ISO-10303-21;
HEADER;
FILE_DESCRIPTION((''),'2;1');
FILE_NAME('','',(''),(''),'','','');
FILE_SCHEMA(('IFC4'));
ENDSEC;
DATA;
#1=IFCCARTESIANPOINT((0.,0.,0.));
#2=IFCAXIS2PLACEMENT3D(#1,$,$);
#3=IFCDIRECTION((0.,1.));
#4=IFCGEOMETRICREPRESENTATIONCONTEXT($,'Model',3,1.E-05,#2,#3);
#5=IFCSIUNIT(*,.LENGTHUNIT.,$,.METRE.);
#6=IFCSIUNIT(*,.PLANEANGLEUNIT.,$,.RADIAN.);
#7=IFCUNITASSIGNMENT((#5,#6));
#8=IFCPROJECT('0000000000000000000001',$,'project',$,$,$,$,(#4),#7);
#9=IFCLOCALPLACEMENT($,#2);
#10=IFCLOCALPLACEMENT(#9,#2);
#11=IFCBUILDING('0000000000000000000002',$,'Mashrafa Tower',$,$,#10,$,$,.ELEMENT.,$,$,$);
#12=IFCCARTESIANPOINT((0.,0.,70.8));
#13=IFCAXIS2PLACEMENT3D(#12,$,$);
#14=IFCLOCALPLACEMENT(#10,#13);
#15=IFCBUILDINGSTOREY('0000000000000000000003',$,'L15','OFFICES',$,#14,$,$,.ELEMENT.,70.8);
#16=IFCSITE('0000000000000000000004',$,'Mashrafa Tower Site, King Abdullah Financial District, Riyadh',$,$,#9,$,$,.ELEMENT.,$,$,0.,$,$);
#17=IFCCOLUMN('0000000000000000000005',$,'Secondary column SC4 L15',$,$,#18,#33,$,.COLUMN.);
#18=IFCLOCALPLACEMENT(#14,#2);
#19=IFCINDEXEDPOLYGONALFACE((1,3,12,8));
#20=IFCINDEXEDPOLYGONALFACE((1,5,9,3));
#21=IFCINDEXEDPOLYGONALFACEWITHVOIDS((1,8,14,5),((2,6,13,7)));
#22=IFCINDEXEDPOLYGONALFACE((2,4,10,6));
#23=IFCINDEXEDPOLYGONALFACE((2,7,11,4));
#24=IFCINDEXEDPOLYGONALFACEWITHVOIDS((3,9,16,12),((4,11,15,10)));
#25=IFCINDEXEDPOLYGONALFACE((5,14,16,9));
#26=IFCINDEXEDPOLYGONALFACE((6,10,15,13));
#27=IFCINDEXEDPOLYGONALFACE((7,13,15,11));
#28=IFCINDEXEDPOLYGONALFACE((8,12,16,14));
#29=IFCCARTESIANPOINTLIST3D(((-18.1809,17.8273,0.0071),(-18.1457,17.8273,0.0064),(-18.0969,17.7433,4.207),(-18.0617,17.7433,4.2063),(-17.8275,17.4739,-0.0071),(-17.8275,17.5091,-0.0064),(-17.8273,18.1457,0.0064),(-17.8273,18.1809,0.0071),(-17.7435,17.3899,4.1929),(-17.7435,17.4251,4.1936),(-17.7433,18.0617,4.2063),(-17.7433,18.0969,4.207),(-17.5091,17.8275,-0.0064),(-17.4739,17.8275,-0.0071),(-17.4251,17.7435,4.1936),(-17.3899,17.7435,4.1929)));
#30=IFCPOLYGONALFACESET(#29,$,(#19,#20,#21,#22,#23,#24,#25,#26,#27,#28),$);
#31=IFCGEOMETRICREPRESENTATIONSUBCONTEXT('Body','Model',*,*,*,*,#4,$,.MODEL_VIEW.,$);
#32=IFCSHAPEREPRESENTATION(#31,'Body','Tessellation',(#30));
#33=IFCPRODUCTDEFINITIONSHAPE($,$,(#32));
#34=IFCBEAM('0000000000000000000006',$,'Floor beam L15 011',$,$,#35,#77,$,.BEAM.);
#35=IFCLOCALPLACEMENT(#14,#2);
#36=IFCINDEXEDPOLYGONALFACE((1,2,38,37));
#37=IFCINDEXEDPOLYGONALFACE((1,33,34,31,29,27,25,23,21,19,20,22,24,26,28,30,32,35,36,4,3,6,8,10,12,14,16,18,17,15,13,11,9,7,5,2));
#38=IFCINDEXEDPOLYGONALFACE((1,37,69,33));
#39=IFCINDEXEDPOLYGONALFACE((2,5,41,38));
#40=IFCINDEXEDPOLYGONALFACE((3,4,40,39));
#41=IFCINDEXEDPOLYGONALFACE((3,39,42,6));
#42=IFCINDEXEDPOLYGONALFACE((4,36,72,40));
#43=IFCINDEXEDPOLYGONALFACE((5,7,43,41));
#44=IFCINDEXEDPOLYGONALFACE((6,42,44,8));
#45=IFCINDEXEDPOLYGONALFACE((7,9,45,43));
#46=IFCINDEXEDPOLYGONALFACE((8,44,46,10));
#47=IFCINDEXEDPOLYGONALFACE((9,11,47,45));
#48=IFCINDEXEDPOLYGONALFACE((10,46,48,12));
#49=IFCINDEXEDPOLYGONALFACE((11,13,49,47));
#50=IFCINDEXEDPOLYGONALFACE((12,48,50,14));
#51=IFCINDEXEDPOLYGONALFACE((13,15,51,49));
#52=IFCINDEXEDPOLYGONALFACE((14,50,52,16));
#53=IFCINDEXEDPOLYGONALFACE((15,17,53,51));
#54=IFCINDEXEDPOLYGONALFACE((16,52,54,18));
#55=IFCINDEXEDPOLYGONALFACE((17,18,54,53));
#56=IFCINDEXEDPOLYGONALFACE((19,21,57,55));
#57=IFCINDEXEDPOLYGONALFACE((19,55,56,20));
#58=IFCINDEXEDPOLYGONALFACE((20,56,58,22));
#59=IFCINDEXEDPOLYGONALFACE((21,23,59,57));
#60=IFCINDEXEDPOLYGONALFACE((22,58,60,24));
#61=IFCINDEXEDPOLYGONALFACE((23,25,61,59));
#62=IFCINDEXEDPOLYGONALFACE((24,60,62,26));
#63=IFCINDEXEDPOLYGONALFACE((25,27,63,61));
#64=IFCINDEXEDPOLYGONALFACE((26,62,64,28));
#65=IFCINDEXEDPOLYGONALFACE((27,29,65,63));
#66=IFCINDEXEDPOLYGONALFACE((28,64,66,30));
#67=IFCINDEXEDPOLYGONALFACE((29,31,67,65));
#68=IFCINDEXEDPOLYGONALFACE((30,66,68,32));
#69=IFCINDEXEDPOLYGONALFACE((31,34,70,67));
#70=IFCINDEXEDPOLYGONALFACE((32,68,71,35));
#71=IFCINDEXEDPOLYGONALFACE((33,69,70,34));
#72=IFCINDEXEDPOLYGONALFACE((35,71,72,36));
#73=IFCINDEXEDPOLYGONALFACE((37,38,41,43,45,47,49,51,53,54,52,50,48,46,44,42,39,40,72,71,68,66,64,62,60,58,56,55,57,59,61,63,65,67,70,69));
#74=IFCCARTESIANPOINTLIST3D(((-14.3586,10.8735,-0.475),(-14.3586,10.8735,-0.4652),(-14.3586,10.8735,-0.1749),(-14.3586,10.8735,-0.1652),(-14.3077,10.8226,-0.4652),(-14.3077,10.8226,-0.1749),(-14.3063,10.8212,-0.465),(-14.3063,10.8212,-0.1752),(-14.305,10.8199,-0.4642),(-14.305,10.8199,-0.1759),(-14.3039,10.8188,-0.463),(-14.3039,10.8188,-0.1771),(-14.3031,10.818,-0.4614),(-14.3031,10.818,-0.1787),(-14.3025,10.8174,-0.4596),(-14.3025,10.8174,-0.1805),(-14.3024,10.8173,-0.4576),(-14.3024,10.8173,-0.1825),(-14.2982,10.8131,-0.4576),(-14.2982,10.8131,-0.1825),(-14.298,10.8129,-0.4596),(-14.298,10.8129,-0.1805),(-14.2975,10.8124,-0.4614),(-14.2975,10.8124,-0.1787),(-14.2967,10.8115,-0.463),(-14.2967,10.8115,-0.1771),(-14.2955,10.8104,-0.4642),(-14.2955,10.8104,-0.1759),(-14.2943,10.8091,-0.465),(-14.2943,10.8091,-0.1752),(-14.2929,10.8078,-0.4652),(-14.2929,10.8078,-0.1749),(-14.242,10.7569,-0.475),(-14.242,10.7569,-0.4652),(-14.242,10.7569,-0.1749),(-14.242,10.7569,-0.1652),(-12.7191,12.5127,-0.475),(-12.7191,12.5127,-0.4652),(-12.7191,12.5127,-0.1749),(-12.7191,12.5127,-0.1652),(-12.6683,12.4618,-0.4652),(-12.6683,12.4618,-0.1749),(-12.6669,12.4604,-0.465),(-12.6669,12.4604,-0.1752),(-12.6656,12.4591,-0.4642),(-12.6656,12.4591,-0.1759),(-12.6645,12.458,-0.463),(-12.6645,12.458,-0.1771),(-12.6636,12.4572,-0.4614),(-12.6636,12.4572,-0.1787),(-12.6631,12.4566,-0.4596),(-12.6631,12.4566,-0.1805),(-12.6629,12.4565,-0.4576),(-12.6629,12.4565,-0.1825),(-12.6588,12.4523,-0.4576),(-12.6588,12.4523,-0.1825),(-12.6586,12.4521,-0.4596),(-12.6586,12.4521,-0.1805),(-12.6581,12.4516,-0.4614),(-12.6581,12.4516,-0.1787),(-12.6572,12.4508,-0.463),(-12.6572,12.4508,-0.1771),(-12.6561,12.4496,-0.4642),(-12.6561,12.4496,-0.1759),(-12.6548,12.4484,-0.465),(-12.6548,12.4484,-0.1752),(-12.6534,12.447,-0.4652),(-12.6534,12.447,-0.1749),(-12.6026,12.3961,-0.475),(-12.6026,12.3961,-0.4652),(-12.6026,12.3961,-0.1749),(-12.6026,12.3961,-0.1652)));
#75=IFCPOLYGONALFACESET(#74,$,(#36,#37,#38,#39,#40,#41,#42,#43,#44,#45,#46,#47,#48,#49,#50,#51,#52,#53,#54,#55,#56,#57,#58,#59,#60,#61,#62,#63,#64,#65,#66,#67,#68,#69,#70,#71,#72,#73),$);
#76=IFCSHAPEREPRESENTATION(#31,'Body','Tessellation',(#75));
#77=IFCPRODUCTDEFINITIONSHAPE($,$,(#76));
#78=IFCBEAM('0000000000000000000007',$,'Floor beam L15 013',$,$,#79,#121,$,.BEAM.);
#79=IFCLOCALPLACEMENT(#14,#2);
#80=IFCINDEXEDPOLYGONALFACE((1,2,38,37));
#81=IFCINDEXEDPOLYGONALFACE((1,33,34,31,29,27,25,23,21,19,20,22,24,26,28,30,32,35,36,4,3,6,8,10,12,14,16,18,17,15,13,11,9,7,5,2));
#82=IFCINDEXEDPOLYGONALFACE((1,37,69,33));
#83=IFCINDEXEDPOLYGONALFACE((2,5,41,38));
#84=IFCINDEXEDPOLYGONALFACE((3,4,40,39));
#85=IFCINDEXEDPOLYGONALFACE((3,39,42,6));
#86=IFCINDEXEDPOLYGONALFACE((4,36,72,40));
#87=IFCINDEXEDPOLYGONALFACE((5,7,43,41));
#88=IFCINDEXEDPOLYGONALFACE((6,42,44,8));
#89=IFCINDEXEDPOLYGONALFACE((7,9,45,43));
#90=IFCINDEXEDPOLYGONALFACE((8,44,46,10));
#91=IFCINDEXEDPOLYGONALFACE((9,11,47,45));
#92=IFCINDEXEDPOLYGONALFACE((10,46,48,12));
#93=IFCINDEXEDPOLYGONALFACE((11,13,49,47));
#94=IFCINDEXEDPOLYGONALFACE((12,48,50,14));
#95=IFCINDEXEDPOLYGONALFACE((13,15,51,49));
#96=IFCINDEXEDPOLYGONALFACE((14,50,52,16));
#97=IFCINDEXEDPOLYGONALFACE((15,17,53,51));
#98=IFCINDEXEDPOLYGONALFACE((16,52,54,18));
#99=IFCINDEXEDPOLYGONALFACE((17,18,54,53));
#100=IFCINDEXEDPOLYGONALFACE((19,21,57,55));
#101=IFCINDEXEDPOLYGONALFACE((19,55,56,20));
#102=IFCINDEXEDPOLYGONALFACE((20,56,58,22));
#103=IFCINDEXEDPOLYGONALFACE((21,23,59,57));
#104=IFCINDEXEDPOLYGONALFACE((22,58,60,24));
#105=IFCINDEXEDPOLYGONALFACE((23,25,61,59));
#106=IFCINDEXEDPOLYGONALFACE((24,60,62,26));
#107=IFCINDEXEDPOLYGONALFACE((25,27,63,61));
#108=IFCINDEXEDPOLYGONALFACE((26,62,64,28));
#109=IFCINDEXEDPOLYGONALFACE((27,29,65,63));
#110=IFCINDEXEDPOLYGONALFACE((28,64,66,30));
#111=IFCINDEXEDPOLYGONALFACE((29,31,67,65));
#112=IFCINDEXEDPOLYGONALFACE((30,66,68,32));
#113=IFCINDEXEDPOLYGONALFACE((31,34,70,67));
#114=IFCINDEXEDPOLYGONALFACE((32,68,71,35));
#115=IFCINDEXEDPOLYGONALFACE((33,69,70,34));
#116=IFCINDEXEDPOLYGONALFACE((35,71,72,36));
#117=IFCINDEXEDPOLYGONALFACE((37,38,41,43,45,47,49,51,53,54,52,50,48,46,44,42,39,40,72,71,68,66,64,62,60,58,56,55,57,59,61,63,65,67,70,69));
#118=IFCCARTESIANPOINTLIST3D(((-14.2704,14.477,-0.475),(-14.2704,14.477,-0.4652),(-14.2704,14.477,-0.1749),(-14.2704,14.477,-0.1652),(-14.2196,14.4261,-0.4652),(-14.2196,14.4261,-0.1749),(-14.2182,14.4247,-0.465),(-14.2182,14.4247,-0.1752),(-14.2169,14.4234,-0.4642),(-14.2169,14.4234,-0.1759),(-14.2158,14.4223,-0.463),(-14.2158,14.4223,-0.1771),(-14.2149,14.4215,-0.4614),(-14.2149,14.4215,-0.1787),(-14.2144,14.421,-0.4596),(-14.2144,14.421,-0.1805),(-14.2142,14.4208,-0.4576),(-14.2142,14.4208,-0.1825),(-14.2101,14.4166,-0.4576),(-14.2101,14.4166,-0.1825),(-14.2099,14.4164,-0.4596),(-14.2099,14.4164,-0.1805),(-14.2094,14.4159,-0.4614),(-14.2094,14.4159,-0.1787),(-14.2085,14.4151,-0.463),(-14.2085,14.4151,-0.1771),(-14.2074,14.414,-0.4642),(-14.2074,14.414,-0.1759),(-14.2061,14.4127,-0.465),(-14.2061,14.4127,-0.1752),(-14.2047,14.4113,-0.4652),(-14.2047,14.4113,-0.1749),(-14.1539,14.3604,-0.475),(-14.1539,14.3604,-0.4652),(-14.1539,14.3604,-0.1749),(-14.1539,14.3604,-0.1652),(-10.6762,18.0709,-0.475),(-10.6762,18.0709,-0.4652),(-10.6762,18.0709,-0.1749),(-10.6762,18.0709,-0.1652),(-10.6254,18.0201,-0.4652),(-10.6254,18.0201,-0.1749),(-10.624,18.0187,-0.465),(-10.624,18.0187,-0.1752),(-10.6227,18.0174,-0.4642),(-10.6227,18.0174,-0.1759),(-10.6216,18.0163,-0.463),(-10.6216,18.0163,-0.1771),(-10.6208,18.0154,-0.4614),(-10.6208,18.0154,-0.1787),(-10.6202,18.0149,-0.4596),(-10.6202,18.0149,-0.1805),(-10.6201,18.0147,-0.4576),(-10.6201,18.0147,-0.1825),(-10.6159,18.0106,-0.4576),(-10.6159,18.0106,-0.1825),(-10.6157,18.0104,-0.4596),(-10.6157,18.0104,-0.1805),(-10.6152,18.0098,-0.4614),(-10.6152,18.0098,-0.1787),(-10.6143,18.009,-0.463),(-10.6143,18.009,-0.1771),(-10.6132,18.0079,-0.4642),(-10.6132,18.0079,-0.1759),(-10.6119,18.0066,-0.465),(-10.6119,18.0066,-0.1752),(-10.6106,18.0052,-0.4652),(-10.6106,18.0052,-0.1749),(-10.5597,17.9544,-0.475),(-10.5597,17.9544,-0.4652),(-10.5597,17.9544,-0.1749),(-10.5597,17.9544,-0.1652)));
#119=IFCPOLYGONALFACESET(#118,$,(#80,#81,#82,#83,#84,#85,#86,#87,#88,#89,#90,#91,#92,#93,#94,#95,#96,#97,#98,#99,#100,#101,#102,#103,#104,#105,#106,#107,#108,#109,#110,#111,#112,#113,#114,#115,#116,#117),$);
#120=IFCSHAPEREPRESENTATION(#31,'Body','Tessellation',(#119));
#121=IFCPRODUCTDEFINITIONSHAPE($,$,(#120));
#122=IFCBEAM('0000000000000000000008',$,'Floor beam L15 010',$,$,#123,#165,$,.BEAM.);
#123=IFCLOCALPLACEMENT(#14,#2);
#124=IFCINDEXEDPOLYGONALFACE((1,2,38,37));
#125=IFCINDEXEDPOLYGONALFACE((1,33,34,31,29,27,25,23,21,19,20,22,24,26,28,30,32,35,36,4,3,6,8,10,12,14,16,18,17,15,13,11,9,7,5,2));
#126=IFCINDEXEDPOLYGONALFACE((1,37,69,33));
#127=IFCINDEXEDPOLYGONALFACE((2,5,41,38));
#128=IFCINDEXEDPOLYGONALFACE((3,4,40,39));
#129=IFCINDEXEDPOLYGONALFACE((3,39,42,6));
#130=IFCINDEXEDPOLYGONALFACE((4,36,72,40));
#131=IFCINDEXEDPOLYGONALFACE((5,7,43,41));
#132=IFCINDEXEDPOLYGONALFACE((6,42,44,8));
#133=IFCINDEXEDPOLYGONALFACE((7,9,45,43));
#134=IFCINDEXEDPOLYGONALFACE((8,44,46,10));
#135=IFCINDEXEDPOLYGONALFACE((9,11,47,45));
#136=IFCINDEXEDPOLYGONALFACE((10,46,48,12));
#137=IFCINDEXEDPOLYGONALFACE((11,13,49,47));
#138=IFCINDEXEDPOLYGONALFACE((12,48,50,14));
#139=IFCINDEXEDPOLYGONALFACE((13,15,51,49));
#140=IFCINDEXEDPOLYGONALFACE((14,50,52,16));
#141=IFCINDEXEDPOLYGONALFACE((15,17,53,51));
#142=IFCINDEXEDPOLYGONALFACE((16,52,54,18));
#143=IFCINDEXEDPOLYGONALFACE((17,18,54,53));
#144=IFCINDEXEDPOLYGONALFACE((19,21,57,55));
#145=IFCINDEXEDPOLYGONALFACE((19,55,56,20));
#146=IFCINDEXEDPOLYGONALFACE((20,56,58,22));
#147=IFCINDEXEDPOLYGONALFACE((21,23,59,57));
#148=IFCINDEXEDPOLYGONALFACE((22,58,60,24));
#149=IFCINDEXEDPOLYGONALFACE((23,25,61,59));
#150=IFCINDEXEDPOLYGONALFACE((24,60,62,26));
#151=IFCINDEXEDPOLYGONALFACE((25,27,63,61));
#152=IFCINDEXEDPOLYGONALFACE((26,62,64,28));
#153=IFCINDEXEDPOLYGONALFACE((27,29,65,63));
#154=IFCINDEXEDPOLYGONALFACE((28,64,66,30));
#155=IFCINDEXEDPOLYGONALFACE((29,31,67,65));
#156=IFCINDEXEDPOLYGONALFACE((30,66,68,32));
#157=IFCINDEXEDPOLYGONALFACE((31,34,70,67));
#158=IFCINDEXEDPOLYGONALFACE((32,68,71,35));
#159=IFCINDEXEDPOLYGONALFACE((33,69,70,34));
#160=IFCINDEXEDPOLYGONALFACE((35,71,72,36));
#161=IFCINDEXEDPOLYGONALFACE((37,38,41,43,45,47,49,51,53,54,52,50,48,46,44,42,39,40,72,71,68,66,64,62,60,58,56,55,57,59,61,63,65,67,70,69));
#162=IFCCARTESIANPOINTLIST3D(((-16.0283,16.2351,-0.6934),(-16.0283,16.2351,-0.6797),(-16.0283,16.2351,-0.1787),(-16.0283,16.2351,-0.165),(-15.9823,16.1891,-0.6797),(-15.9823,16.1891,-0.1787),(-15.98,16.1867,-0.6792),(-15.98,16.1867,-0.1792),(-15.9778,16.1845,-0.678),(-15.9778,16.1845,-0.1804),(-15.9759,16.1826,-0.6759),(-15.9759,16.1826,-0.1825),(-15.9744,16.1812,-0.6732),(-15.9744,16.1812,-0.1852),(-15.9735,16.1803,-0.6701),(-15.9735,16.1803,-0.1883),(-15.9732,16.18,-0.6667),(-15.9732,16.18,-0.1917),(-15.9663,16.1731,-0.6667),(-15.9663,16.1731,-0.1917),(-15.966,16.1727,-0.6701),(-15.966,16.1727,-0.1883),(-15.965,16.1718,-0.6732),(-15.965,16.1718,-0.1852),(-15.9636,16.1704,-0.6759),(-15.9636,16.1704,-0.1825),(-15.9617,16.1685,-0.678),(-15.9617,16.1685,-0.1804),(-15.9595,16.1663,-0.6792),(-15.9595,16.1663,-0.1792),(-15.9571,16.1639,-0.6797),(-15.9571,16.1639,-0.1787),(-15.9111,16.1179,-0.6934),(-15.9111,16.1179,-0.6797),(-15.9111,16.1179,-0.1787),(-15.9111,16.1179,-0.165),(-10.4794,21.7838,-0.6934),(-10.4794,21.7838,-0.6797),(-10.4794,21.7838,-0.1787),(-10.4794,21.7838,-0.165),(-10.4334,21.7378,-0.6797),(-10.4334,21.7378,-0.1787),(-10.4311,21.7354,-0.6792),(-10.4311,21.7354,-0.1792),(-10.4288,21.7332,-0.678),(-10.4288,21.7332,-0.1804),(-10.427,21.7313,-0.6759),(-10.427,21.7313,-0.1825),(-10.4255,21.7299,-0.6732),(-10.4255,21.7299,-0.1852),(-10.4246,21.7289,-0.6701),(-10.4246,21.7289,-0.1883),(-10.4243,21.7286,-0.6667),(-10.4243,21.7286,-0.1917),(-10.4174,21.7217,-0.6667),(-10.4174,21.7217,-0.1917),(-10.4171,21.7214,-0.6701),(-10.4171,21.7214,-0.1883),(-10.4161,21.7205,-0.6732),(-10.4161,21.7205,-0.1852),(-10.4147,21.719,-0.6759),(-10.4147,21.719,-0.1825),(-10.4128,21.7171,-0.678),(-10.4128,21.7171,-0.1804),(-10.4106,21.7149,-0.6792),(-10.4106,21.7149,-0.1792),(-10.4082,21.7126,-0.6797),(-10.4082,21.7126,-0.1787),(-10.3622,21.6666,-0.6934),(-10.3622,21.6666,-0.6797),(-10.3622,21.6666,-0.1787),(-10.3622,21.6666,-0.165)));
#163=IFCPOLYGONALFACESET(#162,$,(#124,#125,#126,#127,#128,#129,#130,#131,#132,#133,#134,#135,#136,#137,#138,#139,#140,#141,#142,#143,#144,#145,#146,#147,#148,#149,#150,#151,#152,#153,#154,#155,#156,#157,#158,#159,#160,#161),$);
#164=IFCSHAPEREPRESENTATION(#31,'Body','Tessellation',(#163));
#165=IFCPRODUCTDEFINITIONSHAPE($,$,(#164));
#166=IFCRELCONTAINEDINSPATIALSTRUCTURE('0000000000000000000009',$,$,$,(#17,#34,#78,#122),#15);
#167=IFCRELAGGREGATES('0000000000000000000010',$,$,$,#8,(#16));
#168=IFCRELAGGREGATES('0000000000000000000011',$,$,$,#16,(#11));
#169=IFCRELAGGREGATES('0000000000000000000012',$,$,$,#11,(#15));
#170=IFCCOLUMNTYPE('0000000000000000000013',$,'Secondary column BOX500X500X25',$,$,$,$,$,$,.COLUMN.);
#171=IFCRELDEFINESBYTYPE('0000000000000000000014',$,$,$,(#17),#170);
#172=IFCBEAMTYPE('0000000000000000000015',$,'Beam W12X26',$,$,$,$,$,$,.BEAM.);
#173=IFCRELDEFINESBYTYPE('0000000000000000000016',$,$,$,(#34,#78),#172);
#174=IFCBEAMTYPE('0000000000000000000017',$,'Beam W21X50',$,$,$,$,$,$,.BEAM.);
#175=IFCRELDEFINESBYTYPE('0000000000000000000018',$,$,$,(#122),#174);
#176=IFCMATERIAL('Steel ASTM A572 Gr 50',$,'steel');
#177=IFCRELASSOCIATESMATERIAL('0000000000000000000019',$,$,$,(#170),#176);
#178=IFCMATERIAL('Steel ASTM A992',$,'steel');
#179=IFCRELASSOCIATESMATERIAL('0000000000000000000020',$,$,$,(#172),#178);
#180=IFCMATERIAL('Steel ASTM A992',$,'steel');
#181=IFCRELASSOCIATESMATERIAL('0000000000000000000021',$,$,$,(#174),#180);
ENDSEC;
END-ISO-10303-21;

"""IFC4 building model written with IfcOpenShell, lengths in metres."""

from ifc_helpers import new_model, si_unit, direction, frame, origin, origin_2d, place, context, subcontext, project, spatial, hollow_rectangle, i_section, extrude, material, material_profile, profile_set, type_object, element, save


model = new_model("IFC4")

# Units and contexts
model_context = context("Model", 3, precision=1e-05, world=origin(), true_north=direction((0.0, 1.0)))
body_context = subcontext(model_context, "Body", "Model", "MODEL_VIEW")
ifc_project = project(units=[si_unit("LENGTHUNIT", "METRE"), si_unit("PLANEANGLEUNIT", "RADIAN")], contexts=[model_context])

# Site, building, storey
site_placement = place(None, origin())
site = spatial("IfcSite", under=ifc_project, at=site_placement, Name="Mashrafa Tower Site, King Abdullah Financial District, Riyadh", CompositionType="ELEMENT", RefElevation=0.0)
building_placement = place(site_placement, origin())
building = spatial("IfcBuilding", under=site, at=building_placement, Name="Mashrafa Tower", CompositionType="ELEMENT")
storey_placement = place(building_placement, frame((0.0, 0.0, 70.8)))
storey = spatial("IfcBuildingStorey", under=building, at=storey_placement, Name="L15", Description="OFFICES", CompositionType="ELEMENT", Elevation=70.8)

# Column
ifc_material_1 = material(Name="Steel ASTM A572 Gr 50", Category="steel")
ifc_material_profile_1 = material_profile(ifc_material_1, hollow_rectangle(XDim=0.5, YDim=0.5, WallThickness=0.0249, at=origin_2d()), Name="BOX500X500X25")
ifc_profile_set_1 = profile_set([ifc_material_profile_1], Name="Steel ASTM A572 Gr 50")
column_type = type_object("IfcColumnType", Name="Secondary column BOX500X500X25", PredefinedType="COLUMN", material=ifc_profile_set_1)
column_placement = place(storey_placement, frame((-17.8274, 17.8274, 0.0), z_axis=(0.019989, -0.019989, 0.9996), x_axis=(0.707107, 0.707107, 0.0)))
element("IfcColumn", 1, at=column_placement, inside=storey, type_object=column_type, Name="Secondary column SC4 L15", PredefinedType="COLUMN", context=body_context, shape_type="SweptSolid", body=[
    extrude(hollow_rectangle(XDim=0.5, YDim=0.5, WallThickness=0.0249, at=origin_2d()), origin(), (0.0, 0.0, 1.0), 4.2017),
])

# Beams
ifc_material_2 = material(Name="Steel ASTM A992", Category="steel")
ifc_material_profile_2 = material_profile(ifc_material_2, i_section(OverallWidth=0.1648, OverallDepth=0.3098, WebThickness=0.0059, FlangeThickness=0.0098, FilletRadius=0.0076, at=origin_2d()), Name="W12X26")
ifc_profile_set_2 = profile_set([ifc_material_profile_2], Name="Steel ASTM A992")
beam_type_1 = type_object("IfcBeamType", Name="Beam W12X26", PredefinedType="BEAM", material=ifc_profile_set_2)
beam_1_placement = place(storey_placement, frame((-14.3003, 10.8152, -0.3201), z_axis=(0.707159, 0.707054, 0.0), x_axis=(-0.707054, 0.707159, 0.0)))
element("IfcBeam", 2, at=beam_1_placement, inside=storey, type_object=beam_type_1, Name="Floor beam L15 011", PredefinedType="BEAM", context=body_context, shape_type="SweptSolid", body=[
    extrude(i_section(OverallWidth=0.1648, OverallDepth=0.3098, WebThickness=0.0059, FlangeThickness=0.0098, FilletRadius=0.0076, at=origin_2d()), origin(), (0.0, 0.0, 1.0), 2.3184),
])
beam_2_placement = place(storey_placement, frame((-14.2122, 14.4187, -0.3201), z_axis=(0.707131, 0.707083, 0.0), x_axis=(-0.707083, 0.707131, 0.0)))
element("IfcBeam", 3, at=beam_2_placement, inside=storey, type_object=beam_type_1, Name="Floor beam L15 013", PredefinedType="BEAM", context=body_context, shape_type="SweptSolid", body=[
    extrude(i_section(OverallWidth=0.1648, OverallDepth=0.3098, WebThickness=0.0059, FlangeThickness=0.0098, FilletRadius=0.0076, at=origin_2d()), origin(), (0.0, 0.0, 1.0), 5.0828),
])
ifc_material_3 = material(Name="Steel ASTM A992", Category="steel")
ifc_material_profile_3 = material_profile(ifc_material_3, i_section(OverallWidth=0.1658, OverallDepth=0.5283, WebThickness=0.0098, FlangeThickness=0.0137, FilletRadius=0.0129, at=origin_2d()), Name="W21X50")
ifc_profile_set_3 = profile_set([ifc_material_profile_3], Name="Steel ASTM A992")
beam_type_2 = type_object("IfcBeamType", Name="Beam W21X50", PredefinedType="BEAM", material=ifc_profile_set_3)
beam_3_placement = place(storey_placement, frame((-15.9697, 16.1765, -0.4292), z_axis=(0.707122, 0.707091, 0.0), x_axis=(-0.707091, 0.707122, 0.0)))
element("IfcBeam", 4, at=beam_3_placement, inside=storey, type_object=beam_type_2, Name="Floor beam L15 010", PredefinedType="BEAM", context=body_context, shape_type="SweptSolid", body=[
    extrude(i_section(OverallWidth=0.1658, OverallDepth=0.5283, WebThickness=0.0098, FlangeThickness=0.0137, FilletRadius=0.0129, at=origin_2d()), origin(), (0.0, 0.0, 1.0), 7.8472),
])

save(model, "model.ifc")
